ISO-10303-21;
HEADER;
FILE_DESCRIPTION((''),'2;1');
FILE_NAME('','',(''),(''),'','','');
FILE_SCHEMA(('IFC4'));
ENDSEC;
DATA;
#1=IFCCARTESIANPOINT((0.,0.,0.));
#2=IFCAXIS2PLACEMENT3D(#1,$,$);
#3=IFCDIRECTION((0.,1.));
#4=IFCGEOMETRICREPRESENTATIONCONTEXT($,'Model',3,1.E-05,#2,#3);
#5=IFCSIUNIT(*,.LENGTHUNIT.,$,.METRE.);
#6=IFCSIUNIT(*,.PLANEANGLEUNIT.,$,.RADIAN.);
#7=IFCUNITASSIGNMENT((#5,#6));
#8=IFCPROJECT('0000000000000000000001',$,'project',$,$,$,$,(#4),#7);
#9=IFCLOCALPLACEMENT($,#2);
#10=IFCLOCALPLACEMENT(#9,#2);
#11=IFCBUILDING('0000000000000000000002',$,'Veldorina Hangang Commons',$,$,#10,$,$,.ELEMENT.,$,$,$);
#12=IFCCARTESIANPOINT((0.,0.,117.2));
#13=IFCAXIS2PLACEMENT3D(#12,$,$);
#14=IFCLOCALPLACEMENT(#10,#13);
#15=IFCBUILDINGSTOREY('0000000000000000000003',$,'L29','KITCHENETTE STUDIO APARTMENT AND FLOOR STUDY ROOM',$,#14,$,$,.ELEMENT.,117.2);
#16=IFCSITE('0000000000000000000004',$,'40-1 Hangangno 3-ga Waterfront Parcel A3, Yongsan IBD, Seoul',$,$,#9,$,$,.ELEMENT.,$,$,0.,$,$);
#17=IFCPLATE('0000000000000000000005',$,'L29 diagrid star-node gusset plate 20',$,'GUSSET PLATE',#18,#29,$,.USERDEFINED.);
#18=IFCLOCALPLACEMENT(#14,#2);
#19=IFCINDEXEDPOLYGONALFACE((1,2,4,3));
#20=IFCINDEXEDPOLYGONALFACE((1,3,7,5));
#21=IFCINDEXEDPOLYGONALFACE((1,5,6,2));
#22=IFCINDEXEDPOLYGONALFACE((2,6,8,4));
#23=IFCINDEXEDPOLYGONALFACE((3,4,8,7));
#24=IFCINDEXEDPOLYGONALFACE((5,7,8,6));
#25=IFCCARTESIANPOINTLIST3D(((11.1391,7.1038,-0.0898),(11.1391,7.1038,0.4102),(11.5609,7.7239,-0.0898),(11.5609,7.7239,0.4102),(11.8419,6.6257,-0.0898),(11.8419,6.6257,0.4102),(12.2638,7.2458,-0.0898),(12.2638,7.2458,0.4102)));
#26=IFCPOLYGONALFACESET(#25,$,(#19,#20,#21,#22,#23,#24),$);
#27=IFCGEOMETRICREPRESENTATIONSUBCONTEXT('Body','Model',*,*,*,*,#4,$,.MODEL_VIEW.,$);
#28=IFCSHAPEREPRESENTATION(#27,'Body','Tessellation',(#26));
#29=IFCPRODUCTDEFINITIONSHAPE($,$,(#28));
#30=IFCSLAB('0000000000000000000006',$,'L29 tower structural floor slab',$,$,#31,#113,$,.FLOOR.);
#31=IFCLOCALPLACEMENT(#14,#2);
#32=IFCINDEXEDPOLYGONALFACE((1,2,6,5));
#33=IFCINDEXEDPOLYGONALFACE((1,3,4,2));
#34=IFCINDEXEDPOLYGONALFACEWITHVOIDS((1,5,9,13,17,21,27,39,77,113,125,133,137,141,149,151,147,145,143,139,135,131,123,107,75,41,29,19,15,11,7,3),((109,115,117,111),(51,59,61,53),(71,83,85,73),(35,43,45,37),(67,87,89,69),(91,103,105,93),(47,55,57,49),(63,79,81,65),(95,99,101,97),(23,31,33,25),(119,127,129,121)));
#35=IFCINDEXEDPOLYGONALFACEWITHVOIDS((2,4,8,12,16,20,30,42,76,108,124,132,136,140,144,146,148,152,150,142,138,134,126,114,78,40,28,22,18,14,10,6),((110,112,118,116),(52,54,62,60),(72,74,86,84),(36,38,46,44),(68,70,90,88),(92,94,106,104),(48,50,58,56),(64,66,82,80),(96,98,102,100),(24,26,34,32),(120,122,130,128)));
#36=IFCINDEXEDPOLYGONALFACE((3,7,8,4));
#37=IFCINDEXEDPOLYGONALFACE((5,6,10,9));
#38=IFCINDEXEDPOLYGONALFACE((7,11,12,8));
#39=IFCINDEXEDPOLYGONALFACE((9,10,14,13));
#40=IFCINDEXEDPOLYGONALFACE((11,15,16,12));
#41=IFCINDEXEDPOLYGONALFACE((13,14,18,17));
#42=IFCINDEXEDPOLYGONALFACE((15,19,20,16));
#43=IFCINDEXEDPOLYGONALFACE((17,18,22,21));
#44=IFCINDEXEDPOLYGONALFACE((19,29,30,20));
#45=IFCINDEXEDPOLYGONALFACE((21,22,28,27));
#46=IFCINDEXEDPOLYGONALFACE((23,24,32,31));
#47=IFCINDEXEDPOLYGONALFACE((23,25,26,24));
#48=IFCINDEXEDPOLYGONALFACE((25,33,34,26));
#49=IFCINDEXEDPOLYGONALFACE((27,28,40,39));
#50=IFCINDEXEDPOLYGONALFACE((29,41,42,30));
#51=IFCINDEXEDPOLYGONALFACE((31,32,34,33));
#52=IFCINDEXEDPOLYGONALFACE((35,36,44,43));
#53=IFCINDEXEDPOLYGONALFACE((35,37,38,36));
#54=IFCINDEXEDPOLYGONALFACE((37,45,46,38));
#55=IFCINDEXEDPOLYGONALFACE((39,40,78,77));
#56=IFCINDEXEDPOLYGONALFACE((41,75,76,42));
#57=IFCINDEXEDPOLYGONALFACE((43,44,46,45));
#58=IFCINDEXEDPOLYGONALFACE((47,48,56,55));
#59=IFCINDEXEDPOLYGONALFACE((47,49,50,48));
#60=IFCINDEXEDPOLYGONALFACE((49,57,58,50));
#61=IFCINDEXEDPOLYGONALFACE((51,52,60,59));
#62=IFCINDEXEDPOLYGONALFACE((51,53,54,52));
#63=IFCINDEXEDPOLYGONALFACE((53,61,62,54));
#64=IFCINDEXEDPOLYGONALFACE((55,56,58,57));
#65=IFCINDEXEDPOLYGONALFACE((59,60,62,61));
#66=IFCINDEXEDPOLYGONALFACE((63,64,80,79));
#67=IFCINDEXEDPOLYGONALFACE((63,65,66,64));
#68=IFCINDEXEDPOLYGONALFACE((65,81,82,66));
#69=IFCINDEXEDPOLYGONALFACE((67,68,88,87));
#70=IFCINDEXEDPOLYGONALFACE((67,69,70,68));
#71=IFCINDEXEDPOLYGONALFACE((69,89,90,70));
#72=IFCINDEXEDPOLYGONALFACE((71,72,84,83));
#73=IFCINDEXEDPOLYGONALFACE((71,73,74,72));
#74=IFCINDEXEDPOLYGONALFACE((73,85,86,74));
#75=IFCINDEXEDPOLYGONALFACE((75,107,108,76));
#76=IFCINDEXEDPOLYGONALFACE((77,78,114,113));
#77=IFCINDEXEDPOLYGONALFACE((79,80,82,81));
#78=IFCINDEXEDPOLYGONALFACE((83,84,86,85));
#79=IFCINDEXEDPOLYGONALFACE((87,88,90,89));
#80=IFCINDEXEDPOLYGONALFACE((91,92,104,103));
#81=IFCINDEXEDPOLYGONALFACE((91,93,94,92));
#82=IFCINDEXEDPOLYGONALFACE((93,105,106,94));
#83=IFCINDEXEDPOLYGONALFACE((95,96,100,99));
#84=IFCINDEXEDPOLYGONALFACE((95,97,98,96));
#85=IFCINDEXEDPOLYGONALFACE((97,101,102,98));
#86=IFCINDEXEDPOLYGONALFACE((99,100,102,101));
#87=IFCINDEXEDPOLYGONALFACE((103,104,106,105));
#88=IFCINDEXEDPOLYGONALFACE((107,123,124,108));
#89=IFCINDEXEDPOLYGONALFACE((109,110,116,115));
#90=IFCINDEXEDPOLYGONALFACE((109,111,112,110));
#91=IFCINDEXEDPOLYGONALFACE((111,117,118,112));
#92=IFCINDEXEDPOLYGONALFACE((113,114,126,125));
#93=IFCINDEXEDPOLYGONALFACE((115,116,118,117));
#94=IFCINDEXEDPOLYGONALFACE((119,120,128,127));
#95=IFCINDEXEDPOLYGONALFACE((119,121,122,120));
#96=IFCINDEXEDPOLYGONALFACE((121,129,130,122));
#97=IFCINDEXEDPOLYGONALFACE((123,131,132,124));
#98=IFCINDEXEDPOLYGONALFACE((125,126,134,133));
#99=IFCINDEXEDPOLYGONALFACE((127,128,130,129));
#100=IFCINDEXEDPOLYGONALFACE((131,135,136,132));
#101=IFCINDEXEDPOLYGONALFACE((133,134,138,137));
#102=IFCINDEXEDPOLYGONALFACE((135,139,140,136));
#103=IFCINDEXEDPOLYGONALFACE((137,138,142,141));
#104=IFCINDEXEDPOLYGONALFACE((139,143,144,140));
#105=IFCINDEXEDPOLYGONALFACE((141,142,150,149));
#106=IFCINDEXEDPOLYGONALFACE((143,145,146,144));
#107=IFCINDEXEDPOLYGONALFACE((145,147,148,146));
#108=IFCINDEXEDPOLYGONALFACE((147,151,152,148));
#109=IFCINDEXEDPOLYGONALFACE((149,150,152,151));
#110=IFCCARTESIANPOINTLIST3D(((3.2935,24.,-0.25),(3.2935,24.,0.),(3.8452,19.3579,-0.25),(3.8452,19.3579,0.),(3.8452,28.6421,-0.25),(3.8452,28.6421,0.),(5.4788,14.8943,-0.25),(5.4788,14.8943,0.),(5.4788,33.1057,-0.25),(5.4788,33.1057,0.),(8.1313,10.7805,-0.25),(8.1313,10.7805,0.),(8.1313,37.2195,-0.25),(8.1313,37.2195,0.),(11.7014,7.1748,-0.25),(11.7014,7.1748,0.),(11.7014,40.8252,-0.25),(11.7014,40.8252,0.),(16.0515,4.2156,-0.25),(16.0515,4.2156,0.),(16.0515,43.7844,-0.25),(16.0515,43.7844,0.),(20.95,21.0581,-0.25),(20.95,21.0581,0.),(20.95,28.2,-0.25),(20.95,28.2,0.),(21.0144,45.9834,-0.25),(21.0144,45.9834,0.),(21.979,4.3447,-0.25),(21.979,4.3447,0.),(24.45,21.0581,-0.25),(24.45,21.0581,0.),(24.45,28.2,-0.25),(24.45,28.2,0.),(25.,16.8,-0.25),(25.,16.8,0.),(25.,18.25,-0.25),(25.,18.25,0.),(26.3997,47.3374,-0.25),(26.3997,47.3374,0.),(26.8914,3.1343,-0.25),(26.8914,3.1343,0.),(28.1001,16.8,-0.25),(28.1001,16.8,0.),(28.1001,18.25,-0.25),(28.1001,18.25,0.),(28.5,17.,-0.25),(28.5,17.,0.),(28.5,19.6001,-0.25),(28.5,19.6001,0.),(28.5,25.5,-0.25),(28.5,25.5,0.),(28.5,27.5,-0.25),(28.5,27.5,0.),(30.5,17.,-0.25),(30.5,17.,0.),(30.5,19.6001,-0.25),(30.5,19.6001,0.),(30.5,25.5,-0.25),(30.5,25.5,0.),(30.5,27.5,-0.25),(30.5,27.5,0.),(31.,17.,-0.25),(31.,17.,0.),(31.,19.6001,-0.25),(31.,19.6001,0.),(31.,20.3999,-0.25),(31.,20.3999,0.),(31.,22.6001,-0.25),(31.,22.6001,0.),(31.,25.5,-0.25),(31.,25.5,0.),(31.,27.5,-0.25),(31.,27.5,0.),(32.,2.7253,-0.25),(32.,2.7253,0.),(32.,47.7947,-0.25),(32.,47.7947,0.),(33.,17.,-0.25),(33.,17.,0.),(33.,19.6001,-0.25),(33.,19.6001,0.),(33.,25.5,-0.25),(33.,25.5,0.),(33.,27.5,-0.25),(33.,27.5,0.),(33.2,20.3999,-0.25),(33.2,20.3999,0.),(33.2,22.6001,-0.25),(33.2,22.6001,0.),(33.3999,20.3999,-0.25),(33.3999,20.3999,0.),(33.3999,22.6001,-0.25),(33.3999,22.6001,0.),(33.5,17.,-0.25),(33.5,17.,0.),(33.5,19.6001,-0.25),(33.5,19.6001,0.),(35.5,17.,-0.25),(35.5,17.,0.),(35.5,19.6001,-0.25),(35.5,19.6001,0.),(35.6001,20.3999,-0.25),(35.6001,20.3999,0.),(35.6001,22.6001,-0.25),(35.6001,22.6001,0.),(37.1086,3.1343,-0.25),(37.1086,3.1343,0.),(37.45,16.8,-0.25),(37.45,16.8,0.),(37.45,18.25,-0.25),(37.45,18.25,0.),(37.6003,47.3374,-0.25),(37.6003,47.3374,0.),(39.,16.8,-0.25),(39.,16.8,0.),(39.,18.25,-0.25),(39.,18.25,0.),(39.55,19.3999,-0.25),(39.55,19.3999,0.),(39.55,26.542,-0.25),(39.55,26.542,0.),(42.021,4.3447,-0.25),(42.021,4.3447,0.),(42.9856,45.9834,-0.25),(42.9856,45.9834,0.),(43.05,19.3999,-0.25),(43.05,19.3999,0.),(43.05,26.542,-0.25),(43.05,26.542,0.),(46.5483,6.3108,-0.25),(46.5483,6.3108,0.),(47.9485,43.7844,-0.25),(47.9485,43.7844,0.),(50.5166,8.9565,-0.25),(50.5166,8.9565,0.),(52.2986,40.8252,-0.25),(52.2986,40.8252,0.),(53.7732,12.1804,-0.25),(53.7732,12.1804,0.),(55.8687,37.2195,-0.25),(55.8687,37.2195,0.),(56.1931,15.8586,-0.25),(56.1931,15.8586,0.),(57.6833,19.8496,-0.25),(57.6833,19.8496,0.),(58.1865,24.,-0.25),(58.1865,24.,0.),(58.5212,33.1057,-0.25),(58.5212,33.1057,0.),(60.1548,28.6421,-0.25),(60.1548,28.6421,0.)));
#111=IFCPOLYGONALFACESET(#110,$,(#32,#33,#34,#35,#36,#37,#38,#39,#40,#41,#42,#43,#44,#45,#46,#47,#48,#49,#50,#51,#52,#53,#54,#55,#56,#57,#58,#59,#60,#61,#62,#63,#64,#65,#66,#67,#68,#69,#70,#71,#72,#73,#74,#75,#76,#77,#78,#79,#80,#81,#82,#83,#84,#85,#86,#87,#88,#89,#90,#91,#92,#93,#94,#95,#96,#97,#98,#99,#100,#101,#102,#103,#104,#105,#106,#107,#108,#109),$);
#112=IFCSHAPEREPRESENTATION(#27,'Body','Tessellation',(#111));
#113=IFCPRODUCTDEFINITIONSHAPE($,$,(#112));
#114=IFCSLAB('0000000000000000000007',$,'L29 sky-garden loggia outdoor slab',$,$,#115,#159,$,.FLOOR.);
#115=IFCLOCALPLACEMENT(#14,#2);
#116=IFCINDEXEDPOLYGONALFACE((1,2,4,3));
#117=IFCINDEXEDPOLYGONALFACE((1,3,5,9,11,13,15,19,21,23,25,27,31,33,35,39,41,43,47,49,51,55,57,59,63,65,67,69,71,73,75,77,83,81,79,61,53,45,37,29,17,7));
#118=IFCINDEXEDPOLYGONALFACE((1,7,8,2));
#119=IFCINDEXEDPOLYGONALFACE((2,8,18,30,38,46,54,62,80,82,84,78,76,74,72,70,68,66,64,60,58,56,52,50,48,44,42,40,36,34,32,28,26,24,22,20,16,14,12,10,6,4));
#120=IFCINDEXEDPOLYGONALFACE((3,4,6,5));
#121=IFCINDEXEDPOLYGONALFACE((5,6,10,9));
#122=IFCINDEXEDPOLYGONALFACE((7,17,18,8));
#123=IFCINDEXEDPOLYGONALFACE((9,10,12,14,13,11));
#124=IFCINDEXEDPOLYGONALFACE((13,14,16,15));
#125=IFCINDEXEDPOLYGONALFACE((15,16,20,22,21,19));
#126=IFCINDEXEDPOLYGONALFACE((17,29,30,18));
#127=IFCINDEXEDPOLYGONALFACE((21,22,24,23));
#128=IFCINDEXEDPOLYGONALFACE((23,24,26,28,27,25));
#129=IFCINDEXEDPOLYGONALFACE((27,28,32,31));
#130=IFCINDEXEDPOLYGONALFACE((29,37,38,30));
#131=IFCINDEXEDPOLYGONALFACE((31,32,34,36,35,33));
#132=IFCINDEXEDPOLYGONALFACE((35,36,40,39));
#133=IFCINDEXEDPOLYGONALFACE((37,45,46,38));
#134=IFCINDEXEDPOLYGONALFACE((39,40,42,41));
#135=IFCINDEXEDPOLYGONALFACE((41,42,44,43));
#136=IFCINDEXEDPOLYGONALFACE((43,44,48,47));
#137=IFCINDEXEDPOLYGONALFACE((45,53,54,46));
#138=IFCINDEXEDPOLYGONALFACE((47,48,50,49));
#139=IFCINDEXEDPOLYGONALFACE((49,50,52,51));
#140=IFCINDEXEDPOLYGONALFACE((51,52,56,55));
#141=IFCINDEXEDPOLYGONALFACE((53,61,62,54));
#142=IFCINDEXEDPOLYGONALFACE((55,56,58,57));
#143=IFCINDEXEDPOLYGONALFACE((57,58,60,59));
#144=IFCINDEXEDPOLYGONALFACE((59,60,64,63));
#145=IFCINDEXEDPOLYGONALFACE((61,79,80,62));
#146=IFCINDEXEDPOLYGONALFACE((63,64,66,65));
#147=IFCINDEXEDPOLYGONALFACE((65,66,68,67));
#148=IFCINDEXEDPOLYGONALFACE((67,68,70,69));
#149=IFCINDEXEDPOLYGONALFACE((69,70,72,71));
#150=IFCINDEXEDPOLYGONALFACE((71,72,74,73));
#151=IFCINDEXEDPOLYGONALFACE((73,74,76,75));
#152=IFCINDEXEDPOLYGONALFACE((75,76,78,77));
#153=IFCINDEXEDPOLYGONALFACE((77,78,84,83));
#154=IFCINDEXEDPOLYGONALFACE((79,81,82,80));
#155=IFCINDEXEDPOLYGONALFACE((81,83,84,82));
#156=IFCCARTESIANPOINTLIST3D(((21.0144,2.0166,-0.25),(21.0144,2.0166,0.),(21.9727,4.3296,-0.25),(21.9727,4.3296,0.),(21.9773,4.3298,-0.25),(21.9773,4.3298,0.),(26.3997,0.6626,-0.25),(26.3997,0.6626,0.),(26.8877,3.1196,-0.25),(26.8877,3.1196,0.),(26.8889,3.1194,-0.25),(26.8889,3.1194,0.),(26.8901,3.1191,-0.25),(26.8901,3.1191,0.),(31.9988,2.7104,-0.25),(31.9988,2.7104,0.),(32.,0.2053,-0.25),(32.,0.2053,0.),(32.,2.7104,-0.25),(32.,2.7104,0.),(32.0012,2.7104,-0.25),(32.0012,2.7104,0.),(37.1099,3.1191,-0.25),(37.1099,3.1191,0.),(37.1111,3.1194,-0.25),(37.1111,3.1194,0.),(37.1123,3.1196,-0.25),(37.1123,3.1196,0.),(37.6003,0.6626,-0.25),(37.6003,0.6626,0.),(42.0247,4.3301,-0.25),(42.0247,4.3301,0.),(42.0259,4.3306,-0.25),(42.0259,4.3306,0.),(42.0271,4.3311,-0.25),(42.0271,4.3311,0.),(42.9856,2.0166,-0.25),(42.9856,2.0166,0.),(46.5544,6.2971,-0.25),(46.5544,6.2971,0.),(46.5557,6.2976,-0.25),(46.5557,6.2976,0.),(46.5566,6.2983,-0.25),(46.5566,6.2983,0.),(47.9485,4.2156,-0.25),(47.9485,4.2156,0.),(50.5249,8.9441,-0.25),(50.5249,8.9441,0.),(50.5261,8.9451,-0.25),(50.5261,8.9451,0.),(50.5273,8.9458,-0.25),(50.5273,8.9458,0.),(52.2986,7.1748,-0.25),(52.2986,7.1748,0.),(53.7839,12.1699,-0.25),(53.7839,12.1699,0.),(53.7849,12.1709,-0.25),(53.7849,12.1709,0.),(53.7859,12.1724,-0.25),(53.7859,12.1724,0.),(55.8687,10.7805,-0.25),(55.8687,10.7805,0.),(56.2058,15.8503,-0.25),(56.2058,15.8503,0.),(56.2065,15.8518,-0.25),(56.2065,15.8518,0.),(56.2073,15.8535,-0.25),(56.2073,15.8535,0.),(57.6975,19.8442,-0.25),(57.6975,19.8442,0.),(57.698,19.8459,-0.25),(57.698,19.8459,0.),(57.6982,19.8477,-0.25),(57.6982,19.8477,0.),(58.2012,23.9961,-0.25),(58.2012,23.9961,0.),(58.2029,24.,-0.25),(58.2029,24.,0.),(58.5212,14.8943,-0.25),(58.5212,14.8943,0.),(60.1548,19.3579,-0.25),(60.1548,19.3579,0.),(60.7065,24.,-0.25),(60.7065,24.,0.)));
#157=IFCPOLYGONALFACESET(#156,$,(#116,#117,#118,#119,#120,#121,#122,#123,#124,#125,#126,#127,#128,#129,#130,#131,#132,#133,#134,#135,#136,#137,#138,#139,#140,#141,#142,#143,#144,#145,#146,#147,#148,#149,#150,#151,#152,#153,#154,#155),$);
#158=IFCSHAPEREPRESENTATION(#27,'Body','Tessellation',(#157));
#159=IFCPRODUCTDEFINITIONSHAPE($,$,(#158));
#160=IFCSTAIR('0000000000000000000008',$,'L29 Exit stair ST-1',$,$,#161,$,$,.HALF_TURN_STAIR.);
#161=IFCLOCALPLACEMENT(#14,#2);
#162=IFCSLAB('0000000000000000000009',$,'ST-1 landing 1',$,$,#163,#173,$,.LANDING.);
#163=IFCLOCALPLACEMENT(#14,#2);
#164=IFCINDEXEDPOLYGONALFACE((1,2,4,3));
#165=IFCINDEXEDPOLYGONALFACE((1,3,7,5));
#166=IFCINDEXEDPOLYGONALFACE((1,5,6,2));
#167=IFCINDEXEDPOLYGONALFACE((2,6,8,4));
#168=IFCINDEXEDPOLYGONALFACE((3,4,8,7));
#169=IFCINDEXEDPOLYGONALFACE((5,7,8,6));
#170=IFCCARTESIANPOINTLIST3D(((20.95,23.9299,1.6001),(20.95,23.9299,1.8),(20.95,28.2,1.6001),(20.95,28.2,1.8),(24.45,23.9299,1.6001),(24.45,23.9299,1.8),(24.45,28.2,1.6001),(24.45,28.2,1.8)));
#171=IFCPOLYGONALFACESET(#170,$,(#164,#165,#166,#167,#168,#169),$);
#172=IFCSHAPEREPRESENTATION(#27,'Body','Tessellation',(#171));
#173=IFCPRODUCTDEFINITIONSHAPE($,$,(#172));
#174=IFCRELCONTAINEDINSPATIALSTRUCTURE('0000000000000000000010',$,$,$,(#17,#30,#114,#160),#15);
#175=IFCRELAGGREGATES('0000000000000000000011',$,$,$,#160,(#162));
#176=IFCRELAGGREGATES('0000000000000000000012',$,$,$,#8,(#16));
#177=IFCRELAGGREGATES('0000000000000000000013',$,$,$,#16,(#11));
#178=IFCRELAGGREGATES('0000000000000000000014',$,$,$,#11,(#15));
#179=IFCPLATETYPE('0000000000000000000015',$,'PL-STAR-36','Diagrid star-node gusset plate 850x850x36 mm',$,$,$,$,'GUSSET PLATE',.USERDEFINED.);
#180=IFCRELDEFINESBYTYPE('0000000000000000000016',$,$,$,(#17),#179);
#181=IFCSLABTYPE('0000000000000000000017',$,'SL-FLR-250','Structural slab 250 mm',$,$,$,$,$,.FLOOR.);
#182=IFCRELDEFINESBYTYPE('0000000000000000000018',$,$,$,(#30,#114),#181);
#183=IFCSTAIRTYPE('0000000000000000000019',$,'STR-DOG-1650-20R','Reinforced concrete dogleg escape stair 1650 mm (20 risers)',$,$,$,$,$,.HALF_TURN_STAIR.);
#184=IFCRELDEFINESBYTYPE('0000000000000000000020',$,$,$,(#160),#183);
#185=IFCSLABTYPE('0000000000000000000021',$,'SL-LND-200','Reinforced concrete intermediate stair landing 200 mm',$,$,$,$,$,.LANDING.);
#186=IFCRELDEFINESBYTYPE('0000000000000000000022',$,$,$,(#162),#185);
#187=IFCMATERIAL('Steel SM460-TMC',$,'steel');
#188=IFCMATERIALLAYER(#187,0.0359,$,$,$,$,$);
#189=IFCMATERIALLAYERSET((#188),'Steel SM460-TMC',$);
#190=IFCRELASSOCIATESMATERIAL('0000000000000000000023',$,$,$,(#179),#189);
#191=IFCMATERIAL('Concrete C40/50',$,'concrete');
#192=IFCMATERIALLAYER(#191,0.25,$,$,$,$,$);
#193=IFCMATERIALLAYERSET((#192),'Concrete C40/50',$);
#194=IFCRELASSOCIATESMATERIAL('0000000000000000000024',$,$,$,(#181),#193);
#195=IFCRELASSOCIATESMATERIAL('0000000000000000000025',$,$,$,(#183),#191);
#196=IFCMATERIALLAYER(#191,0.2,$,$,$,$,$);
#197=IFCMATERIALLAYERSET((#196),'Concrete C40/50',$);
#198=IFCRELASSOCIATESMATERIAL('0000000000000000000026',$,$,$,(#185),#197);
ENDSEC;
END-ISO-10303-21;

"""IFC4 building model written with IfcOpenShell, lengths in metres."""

from ifc_helpers import new_model, si_unit, direction, frame, origin, origin_2d, place, context, subcontext, project, spatial, polyline, rectangle, outline, extrude, material, layer, layer_set, type_object, element, aggregate, save


model = new_model("IFC4")

# Units and contexts
model_context = context("Model", 3, precision=1e-05, world=origin(), true_north=direction((0.0, 1.0)))
body_context = subcontext(model_context, "Body", "Model", "MODEL_VIEW")
ifc_project = project(units=[si_unit("LENGTHUNIT", "METRE"), si_unit("PLANEANGLEUNIT", "RADIAN")], contexts=[model_context])

# Site, building, storey
site_placement = place(None, origin())
site = spatial("IfcSite", under=ifc_project, at=site_placement, Name="40-1 Hangangno 3-ga Waterfront Parcel A3, Yongsan IBD, Seoul", CompositionType="ELEMENT", RefElevation=0.0)
building_placement = place(site_placement, origin())
building = spatial("IfcBuilding", under=site, at=building_placement, Name="Veldorina Hangang Commons", CompositionType="ELEMENT")
storey_placement = place(building_placement, frame((0.0, 0.0, 117.2)))
storey = spatial("IfcBuildingStorey", under=building, at=storey_placement, Name="L29", Description="KITCHENETTE STUDIO APARTMENT AND FLOOR STUDY ROOM", CompositionType="ELEMENT", Elevation=117.2)

# Plate
ifc_material_1 = material(Name="Steel SM460-TMC", Category="steel")
ifc_layer_1 = layer(ifc_material_1, 0.0359)
ifc_layer_set_1 = layer_set([ifc_layer_1], Name="Steel SM460-TMC")
plate_type = type_object("IfcPlateType", Name="PL-STAR-36", Description="Diagrid star-node gusset plate 850x850x36 mm", ElementType="GUSSET PLATE", PredefinedType="USERDEFINED", material=ifc_layer_set_1)
plate_1_placement = place(storey_placement, frame((11.7014, 7.1748, -0.0898), z_axis=(0.0, 0.0, 1.0), x_axis=(0.826825, -0.562459, 0.0)))
element("IfcPlate", 1, at=plate_1_placement, inside=storey, type_object=plate_type, Name="L29 diagrid star-node gusset plate 20", ObjectType="GUSSET PLATE", PredefinedType="USERDEFINED", context=body_context, shape_type="SweptSolid", body=[
    extrude(rectangle(XDim=0.8501, YDim=0.75, at=origin_2d()), origin(), (0.0, 0.0, 1.0), 0.5),
])

# Slabs
ifc_material_2 = material(Name="Concrete C40/50", Category="concrete")
ifc_layer_2 = layer(ifc_material_2, 0.25)
ifc_layer_set_2 = layer_set([ifc_layer_2], Name="Concrete C40/50")
slab_type_1 = type_object("IfcSlabType", Name="SL-FLR-250", Description="Structural slab 250 mm", PredefinedType="FLOOR", material=ifc_layer_set_2)
slab_1_placement = place(storey_placement, frame((0.0, 0.0, -0.25)))
element("IfcSlab", 2, at=slab_1_placement, inside=storey, type_object=slab_type_1, Name="L29 tower structural floor slab", PredefinedType="FLOOR", context=body_context, shape_type="SweptSolid", body=[
    extrude(outline(polyline([(58.1865, 24.0), (60.1548, 28.6421), (58.5212, 33.1057), (55.8687, 37.2195), (52.2986, 40.8252), (47.9485, 43.7844), (42.9856, 45.9834), (37.6003, 47.3374), (32.0, 47.7947), (26.3997, 47.3374), (21.0144, 45.9834), (16.0515, 43.7844), (11.7014, 40.8252), (8.1313, 37.2195), (5.4788, 33.1057), (3.8452, 28.6421), (3.2935, 24.0), (3.8452, 19.3579), (5.4788, 14.8943), (8.1313, 10.7805), (11.7014, 7.1748), (16.0515, 4.2156), (21.979, 4.3447), (26.8914, 3.1343), (32.0, 2.7253), (37.1086, 3.1343), (42.021, 4.3447), (46.5483, 6.3108), (50.5166, 8.9565), (53.7732, 12.1804), (56.1931, 15.8586), (57.6833, 19.8496), (58.1865, 24.0)]), holes=[polyline([(20.95, 21.0581), (20.95, 28.2), (24.45, 28.2), (24.45, 21.0581), (20.95, 21.0581)]), polyline([(43.05, 26.542), (43.05, 19.3999), (39.55, 19.3999), (39.55, 26.542), (43.05, 26.542)]), polyline([(28.5, 27.5), (30.5, 27.5), (30.5, 25.5), (28.5, 25.5), (28.5, 27.5)]), polyline([(31.0, 27.5), (33.0, 27.5), (33.0, 25.5), (31.0, 25.5), (31.0, 27.5)]), polyline([(31.0, 22.6001), (33.2, 22.6001), (33.2, 20.3999), (31.0, 20.3999), (31.0, 22.6001)]), polyline([(33.3999, 22.6001), (35.6001, 22.6001), (35.6001, 20.3999), (33.3999, 20.3999), (33.3999, 22.6001)]), polyline([(28.5, 19.6001), (30.5, 19.6001), (30.5, 17.0), (28.5, 17.0), (28.5, 19.6001)]), polyline([(31.0, 19.6001), (33.0, 19.6001), (33.0, 17.0), (31.0, 17.0), (31.0, 19.6001)]), polyline([(33.5, 19.6001), (35.5, 19.6001), (35.5, 17.0), (33.5, 17.0), (33.5, 19.6001)]), polyline([(25.0, 18.25), (28.1001, 18.25), (28.1001, 16.8), (25.0, 16.8), (25.0, 18.25)]), polyline([(37.45, 18.25), (39.0, 18.25), (39.0, 16.8), (37.45, 16.8), (37.45, 18.25)])]), origin(), (0.0, 0.0, 1.0), 0.25),
])
slab_2_placement = place(storey_placement, frame((0.0, 0.0, -0.25)))
element("IfcSlab", 3, at=slab_2_placement, inside=storey, type_object=slab_type_1, Name="L29 sky-garden loggia outdoor slab", PredefinedType="FLOOR", context=body_context, shape_type="SweptSolid", body=[
    extrude(outline(polyline([(60.7065, 24.0), (60.1548, 19.3579), (58.5212, 14.8943), (55.8687, 10.7805), (52.2986, 7.1748), (47.9485, 4.2156), (42.9856, 2.0166), (37.6003, 0.6626), (32.0, 0.2053), (26.3997, 0.6626), (21.0144, 2.0166), (21.9727, 4.3296), (21.9773, 4.3298), (26.8877, 3.1196), (26.8889, 3.1194), (26.8901, 3.1191), (31.9988, 2.7104), (32.0, 2.7104), (32.0012, 2.7104), (37.1099, 3.1191), (37.1111, 3.1194), (37.1123, 3.1196), (42.0247, 4.3301), (42.0259, 4.3306), (42.0271, 4.3311), (46.5544, 6.2971), (46.5557, 6.2976), (46.5566, 6.2983), (50.5249, 8.9441), (50.5261, 8.9451), (50.5273, 8.9458), (53.7839, 12.1699), (53.7849, 12.1709), (53.7859, 12.1724), (56.2058, 15.8503), (56.2065, 15.8518), (56.2073, 15.8535), (57.6975, 19.8442), (57.698, 19.8459), (57.6982, 19.8477), (58.2012, 23.9961), (58.2029, 24.0), (60.7065, 24.0)])), origin(), (0.0, 0.0, 1.0), 0.25),
])

# Stair, slab
stair_type = type_object("IfcStairType", Name="STR-DOG-1650-20R", Description="Reinforced concrete dogleg escape stair 1650 mm (20 risers)", PredefinedType="HALF_TURN_STAIR", material=ifc_material_2)
stair_1_placement = place(storey_placement, origin())
stair_1 = element("IfcStair", 4, at=stair_1_placement, inside=storey, type_object=stair_type, Name="L29 Exit stair ST-1", PredefinedType="HALF_TURN_STAIR")
ifc_layer_3 = layer(ifc_material_2, 0.2)
ifc_layer_set_3 = layer_set([ifc_layer_3], Name="Concrete C40/50")
slab_type_2 = type_object("IfcSlabType", Name="SL-LND-200", Description="Reinforced concrete intermediate stair landing 200 mm", PredefinedType="LANDING", material=ifc_layer_set_3)
slab_3_placement = place(storey_placement, frame((0.0, 0.0, 1.6001)))
slab_3 = element("IfcSlab", 5, at=slab_3_placement, type_object=slab_type_2, Name="ST-1 landing 1", PredefinedType="LANDING", context=body_context, shape_type="SweptSolid", body=[
    extrude(outline(polyline([(24.45, 23.9299), (24.45, 28.2), (20.95, 28.2), (20.95, 23.9299), (24.45, 23.9299)])), origin(), (0.0, 0.0, 1.0), 0.2),
])
aggregate(stair_1, [slab_3])

save(model, "model.ifc")
